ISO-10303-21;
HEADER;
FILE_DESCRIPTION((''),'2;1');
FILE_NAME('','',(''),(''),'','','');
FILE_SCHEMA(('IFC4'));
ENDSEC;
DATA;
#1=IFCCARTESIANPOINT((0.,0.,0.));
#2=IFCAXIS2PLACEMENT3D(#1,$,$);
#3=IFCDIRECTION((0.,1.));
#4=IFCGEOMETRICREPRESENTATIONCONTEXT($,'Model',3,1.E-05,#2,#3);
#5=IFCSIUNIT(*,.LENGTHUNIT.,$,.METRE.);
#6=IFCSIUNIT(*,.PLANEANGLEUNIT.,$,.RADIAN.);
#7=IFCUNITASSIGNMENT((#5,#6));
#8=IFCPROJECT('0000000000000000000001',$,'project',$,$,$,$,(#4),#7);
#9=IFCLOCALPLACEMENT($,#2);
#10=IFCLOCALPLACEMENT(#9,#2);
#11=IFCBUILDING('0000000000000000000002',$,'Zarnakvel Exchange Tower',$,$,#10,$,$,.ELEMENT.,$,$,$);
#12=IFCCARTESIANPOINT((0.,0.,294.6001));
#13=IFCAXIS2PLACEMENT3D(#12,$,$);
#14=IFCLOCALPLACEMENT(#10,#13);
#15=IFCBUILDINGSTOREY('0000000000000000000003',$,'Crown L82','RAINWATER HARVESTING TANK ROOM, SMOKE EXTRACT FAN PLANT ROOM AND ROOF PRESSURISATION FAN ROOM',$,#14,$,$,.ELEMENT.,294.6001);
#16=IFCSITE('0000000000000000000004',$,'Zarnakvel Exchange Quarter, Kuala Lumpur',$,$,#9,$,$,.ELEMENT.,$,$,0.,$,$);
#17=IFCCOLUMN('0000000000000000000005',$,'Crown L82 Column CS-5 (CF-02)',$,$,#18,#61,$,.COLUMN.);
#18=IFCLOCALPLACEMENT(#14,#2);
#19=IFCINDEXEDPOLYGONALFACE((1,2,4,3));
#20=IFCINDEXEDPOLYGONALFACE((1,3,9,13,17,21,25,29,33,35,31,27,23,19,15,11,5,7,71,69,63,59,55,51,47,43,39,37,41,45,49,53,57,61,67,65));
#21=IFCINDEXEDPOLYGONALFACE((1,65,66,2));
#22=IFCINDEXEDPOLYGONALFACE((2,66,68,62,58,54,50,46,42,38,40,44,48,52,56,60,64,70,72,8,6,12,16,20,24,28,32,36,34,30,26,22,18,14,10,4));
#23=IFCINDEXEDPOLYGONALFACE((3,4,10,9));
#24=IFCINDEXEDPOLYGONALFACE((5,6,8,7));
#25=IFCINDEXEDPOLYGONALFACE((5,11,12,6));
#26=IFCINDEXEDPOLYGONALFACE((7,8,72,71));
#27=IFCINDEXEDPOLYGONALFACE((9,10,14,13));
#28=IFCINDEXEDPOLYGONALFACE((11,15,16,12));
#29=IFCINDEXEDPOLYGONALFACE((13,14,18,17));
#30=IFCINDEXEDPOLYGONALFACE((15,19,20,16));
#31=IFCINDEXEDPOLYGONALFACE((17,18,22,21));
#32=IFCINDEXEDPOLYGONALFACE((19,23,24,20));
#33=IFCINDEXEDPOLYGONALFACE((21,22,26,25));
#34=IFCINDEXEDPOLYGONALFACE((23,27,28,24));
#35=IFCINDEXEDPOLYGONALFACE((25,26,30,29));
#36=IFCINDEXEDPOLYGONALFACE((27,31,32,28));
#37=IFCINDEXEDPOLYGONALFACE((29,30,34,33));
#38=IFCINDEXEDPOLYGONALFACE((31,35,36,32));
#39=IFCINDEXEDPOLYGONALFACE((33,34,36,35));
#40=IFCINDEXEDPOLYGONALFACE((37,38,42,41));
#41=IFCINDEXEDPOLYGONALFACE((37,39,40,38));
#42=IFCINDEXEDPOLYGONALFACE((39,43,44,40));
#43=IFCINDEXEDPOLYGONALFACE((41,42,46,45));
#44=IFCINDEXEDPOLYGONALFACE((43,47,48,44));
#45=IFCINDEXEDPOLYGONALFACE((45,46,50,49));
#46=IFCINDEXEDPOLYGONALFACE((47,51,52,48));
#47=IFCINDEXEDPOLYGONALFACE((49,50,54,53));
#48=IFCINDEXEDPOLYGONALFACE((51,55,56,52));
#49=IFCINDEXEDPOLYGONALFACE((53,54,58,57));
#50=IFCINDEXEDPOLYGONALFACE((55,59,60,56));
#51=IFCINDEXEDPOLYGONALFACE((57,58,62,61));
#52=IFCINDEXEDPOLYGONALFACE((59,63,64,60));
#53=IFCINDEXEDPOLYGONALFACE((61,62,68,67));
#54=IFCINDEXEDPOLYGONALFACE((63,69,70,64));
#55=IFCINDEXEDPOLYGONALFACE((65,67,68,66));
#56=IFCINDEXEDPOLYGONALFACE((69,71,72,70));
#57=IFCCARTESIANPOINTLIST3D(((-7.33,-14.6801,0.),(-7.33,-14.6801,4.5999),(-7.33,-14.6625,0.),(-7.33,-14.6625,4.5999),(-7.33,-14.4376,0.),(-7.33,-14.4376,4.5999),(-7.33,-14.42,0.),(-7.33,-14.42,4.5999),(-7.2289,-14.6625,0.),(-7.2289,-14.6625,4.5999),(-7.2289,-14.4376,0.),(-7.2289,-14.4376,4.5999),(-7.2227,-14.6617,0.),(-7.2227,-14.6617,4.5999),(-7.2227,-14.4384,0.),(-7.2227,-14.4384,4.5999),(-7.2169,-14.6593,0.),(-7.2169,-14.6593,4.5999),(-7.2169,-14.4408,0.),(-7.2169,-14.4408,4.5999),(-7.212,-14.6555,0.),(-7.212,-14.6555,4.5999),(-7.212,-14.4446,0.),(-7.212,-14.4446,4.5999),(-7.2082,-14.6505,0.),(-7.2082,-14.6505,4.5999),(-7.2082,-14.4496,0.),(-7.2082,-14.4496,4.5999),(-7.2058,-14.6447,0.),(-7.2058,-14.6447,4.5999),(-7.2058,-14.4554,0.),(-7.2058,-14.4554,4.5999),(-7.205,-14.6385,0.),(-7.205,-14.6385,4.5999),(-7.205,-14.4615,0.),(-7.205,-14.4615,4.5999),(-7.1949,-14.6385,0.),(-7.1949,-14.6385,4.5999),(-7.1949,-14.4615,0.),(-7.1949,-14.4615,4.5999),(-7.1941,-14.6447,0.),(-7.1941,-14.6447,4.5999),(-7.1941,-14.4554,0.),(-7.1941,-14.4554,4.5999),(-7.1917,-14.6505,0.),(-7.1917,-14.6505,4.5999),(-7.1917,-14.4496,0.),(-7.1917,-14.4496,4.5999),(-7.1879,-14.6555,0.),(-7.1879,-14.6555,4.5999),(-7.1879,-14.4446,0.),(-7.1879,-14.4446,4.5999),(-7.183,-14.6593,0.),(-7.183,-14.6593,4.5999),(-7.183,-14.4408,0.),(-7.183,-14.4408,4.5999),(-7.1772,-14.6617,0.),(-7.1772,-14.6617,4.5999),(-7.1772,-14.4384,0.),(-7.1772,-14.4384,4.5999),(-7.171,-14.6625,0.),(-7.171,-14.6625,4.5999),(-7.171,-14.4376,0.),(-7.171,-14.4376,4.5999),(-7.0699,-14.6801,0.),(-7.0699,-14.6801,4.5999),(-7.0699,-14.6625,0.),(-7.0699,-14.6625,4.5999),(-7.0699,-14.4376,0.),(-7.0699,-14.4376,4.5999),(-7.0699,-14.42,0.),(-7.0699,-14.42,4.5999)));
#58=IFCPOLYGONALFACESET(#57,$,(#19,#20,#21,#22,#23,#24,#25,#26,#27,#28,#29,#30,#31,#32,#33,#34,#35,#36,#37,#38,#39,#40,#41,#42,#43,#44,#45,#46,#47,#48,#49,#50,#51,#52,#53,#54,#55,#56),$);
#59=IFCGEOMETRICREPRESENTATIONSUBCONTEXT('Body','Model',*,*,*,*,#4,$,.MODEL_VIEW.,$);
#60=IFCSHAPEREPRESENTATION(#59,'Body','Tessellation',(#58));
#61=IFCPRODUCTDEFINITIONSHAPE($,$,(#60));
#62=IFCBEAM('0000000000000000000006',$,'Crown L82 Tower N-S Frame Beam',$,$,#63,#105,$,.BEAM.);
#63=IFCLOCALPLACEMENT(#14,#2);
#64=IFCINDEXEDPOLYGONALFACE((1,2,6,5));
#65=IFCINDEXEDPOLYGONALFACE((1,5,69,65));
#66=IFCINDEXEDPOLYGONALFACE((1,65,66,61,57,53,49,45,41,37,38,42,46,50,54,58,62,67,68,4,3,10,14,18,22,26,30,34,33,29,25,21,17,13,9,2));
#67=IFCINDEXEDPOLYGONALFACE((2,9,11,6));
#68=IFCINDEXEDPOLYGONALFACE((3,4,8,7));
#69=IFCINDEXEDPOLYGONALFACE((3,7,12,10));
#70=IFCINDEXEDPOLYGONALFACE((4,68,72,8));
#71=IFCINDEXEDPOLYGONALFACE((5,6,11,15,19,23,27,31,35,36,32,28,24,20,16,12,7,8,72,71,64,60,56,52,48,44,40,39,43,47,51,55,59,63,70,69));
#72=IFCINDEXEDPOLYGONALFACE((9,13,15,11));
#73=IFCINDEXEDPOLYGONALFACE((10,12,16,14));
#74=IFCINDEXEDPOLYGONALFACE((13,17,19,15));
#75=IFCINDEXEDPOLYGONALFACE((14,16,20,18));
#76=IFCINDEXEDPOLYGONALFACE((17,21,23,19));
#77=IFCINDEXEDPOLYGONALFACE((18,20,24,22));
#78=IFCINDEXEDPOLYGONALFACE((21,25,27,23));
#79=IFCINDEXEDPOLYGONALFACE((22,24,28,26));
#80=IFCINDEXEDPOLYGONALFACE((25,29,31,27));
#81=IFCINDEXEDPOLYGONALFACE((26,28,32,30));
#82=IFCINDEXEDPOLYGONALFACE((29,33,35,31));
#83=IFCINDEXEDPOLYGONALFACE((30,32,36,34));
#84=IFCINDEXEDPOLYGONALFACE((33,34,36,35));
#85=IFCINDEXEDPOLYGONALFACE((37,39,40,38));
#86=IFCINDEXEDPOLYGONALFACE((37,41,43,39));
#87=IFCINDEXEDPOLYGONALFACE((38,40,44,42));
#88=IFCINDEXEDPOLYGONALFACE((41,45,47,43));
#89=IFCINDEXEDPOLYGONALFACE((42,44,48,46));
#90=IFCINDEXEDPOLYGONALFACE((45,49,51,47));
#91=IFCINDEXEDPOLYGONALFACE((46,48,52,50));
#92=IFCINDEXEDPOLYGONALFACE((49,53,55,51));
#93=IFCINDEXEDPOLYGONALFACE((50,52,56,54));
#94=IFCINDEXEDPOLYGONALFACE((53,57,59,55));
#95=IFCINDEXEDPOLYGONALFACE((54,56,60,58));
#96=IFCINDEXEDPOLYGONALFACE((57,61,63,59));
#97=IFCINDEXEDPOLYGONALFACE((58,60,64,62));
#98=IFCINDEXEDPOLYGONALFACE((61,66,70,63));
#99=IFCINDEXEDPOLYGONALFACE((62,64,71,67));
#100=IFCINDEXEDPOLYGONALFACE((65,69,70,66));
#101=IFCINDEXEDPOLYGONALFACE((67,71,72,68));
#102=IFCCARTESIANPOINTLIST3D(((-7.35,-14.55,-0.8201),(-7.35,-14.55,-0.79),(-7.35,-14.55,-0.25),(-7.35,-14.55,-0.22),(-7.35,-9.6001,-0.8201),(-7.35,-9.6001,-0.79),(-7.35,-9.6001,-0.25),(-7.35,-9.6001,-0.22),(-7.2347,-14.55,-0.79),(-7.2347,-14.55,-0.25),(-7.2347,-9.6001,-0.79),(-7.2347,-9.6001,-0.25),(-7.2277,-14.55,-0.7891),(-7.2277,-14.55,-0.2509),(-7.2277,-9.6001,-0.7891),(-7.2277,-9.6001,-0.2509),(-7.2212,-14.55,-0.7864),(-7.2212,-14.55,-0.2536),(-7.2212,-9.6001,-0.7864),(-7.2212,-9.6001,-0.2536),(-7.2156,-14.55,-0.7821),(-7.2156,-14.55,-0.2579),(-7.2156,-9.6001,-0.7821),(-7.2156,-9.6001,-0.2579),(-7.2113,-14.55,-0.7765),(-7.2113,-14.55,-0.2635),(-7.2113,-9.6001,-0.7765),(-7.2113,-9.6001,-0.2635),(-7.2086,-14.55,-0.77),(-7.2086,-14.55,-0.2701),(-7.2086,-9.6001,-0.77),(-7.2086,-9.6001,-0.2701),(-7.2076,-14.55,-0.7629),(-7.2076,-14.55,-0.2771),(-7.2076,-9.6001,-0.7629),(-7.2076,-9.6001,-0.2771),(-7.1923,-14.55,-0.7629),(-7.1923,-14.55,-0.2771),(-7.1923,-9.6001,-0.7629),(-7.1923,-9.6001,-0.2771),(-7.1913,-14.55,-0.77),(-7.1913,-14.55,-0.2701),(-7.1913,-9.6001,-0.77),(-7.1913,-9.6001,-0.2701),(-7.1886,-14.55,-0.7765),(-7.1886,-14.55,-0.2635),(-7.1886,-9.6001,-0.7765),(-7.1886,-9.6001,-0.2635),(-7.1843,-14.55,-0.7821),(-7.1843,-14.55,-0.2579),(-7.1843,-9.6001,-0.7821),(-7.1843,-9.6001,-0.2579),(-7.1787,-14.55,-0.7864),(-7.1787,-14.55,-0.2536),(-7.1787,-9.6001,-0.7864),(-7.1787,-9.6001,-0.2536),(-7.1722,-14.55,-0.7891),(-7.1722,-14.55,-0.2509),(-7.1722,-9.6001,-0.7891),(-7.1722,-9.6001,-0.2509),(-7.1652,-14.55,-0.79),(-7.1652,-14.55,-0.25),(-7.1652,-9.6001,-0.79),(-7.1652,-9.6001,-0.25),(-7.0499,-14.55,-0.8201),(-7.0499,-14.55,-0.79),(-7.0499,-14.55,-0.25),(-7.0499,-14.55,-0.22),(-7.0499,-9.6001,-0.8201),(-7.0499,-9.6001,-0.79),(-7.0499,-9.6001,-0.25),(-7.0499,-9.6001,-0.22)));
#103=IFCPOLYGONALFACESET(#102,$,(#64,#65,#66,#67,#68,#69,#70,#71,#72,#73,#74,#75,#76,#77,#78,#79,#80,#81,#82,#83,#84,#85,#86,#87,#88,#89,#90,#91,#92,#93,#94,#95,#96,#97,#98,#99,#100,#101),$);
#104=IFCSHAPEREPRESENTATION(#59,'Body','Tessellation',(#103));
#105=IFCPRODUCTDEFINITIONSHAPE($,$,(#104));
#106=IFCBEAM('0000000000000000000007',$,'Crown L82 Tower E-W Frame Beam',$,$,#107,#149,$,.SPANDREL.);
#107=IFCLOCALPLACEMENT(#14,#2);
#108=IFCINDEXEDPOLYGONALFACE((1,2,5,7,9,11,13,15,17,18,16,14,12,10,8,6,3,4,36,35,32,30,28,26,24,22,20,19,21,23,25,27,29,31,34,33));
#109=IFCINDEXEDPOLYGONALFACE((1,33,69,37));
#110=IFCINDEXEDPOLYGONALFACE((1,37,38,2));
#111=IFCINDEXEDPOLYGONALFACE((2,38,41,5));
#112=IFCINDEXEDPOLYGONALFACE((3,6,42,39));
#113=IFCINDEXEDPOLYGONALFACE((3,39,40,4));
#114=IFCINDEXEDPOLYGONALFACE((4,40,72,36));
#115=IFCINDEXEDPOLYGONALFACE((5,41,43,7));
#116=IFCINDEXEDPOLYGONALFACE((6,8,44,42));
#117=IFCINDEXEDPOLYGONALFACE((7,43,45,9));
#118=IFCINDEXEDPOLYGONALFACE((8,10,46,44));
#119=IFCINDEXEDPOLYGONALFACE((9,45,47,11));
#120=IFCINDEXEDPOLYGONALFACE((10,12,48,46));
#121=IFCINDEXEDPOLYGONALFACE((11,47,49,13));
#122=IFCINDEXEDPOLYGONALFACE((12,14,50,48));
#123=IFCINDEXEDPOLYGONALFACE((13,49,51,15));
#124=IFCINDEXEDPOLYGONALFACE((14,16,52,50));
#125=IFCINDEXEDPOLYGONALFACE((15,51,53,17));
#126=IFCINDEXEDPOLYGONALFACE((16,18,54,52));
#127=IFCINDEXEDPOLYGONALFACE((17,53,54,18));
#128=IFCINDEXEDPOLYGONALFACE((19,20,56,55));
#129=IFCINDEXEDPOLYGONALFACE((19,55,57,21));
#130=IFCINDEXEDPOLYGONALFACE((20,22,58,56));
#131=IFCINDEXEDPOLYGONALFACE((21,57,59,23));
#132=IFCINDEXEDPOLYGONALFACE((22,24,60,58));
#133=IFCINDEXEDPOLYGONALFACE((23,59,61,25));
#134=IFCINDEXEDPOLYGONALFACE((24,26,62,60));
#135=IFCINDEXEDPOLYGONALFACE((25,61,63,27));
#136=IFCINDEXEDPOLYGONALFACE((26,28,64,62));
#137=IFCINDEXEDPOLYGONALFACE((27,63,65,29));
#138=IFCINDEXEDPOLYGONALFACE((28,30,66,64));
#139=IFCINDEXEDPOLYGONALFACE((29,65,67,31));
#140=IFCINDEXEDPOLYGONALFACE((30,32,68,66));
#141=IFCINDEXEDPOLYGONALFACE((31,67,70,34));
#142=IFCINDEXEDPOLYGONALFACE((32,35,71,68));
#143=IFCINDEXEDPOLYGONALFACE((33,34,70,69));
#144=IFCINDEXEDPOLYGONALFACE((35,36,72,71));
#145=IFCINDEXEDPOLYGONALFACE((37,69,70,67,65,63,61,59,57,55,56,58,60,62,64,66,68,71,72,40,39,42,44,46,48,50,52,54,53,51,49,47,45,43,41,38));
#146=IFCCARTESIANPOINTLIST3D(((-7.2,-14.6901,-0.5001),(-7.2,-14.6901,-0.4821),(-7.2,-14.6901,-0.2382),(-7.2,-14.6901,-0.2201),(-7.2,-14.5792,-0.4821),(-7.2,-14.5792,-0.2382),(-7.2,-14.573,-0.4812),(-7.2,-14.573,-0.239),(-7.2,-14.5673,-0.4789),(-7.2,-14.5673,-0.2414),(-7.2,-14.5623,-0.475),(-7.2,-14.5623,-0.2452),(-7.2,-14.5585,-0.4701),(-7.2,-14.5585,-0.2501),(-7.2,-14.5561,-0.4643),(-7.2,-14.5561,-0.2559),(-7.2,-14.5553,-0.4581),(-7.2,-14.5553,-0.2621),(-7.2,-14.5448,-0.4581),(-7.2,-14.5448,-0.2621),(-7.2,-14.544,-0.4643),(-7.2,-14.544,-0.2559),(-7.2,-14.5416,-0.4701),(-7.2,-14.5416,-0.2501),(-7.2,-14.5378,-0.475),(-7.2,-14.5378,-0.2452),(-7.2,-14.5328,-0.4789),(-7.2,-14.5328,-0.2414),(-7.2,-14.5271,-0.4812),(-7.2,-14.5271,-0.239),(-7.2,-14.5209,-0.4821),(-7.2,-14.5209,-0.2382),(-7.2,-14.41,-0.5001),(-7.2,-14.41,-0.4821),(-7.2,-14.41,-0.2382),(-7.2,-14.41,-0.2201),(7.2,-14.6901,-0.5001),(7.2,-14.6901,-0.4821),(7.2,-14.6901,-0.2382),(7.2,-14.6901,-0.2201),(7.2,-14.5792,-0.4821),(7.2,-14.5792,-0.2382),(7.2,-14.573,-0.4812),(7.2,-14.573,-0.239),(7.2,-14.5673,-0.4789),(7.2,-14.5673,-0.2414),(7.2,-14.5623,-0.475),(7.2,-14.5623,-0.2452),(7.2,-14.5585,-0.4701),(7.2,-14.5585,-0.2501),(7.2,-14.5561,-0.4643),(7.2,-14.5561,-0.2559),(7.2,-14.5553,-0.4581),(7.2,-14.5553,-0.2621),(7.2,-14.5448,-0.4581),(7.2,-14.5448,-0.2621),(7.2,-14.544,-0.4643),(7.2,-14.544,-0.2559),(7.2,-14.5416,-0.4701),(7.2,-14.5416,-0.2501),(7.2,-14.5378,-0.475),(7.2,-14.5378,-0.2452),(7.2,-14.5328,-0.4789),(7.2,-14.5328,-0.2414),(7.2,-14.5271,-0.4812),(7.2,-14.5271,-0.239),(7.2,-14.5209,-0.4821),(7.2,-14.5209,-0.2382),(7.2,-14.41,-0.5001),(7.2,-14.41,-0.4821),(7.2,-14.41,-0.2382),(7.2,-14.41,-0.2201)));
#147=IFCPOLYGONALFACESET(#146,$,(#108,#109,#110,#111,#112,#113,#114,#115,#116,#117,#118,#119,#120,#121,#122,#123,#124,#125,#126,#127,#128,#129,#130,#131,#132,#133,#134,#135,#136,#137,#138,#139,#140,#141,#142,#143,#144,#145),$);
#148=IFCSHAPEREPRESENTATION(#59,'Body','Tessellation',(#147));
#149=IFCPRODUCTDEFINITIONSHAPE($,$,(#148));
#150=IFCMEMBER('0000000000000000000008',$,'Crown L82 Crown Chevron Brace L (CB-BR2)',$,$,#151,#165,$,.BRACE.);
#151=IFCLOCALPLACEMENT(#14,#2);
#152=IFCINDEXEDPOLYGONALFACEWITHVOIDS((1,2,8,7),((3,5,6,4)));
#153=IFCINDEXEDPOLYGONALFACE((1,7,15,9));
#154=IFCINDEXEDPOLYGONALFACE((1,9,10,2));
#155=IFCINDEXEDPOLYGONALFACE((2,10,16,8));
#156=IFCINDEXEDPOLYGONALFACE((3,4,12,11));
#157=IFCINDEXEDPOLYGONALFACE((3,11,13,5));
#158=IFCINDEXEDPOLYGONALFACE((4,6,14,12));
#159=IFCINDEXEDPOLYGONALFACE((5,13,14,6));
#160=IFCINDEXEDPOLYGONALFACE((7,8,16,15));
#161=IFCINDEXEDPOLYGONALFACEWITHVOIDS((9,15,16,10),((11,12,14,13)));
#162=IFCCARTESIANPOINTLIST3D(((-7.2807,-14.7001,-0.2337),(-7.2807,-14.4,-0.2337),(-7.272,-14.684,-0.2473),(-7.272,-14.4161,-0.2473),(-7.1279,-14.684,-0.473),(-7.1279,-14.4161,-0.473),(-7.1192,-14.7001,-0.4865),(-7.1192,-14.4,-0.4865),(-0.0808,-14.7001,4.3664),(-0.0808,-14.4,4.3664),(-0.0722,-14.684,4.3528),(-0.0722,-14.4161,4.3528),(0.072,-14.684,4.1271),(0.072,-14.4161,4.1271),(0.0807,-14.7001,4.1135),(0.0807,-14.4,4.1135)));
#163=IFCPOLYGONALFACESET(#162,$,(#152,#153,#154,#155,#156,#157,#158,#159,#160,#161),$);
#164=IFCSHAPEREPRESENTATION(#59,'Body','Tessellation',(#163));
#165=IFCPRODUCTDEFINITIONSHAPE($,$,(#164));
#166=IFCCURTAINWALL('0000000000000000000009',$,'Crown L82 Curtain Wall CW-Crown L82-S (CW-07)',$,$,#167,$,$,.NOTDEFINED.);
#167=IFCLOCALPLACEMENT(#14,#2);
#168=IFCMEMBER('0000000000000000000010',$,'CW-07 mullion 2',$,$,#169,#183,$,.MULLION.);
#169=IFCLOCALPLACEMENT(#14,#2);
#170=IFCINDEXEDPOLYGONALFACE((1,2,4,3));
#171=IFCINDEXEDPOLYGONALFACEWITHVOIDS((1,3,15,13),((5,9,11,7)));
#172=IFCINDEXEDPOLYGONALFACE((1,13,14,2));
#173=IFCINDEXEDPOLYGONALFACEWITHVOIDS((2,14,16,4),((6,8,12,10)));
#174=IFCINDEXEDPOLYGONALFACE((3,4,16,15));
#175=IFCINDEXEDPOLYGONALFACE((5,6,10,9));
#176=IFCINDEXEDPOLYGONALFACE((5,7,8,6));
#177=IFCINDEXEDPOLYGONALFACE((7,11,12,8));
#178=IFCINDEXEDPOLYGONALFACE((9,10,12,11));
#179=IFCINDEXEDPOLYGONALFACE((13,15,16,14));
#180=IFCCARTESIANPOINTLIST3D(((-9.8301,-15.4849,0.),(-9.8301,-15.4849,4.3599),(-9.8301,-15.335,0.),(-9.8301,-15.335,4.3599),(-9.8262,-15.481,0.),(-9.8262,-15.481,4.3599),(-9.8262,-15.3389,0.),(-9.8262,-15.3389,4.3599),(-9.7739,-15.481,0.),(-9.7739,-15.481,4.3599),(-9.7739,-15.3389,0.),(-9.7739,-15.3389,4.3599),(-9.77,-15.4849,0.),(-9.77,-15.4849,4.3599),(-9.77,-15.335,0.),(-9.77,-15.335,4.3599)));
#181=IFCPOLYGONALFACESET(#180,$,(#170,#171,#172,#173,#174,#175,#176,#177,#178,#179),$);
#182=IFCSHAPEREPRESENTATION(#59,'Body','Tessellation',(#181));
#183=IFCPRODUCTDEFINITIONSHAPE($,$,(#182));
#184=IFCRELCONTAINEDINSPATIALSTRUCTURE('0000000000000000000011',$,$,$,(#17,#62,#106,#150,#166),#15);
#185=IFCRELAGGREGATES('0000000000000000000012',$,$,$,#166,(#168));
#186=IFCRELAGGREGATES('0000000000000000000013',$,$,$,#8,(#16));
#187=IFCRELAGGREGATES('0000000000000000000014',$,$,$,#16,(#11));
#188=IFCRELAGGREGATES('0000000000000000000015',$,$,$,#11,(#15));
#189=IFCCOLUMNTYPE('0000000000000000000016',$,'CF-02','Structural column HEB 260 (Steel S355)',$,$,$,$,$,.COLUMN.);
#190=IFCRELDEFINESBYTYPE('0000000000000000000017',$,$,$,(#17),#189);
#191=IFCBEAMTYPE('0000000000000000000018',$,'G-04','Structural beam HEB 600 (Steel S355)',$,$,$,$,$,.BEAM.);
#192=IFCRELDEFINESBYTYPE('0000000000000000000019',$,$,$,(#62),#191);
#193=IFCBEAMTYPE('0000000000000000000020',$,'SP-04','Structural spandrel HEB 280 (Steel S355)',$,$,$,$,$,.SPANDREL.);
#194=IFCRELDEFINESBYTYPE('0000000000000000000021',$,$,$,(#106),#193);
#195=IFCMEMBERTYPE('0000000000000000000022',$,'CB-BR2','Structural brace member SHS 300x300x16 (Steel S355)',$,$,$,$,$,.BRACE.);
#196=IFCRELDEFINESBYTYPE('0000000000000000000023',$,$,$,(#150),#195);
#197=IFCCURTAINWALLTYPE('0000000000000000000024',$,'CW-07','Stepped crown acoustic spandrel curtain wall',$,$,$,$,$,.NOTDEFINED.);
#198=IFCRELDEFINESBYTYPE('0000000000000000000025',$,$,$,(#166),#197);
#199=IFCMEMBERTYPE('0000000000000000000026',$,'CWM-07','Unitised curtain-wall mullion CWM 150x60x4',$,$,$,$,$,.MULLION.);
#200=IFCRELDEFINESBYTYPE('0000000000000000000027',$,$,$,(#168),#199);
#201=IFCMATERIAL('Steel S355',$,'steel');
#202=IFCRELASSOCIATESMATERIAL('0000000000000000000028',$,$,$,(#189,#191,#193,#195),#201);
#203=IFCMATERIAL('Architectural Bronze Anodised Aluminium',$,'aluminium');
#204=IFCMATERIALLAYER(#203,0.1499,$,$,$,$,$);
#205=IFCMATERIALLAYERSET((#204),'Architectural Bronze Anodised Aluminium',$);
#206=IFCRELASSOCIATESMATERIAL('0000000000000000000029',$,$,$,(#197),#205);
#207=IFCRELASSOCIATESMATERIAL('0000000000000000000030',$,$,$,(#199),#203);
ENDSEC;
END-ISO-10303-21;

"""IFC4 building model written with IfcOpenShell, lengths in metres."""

from ifc_helpers import new_model, si_unit, direction, frame, origin, origin_2d, place, context, subcontext, project, spatial, hollow_rectangle, i_section, extrude, source, transform, mapped, material, layer, layer_set, material_profile, profile_set, type_object, element, aggregate, save


model = new_model("IFC4")

# Units and contexts
model_context = context("Model", 3, precision=1e-05, world=origin(), true_north=direction((0.0, 1.0)))
body_context = subcontext(model_context, "Body", "Model", "MODEL_VIEW")
ifc_project = project(units=[si_unit("LENGTHUNIT", "METRE"), si_unit("PLANEANGLEUNIT", "RADIAN")], contexts=[model_context])

# Site, building, storey
site_placement = place(None, origin())
site = spatial("IfcSite", under=ifc_project, at=site_placement, Name="Zarnakvel Exchange Quarter, Kuala Lumpur", CompositionType="ELEMENT", RefElevation=0.0)
building_placement = place(site_placement, origin())
building = spatial("IfcBuilding", under=site, at=building_placement, Name="Zarnakvel Exchange Tower", CompositionType="ELEMENT")
storey_placement = place(building_placement, frame((0.0, 0.0, 294.6001)))
storey = spatial("IfcBuildingStorey", under=building, at=storey_placement, Name="Crown L82", Description="RAINWATER HARVESTING TANK ROOM, SMOKE EXTRACT FAN PLANT ROOM AND ROOF PRESSURISATION FAN ROOM", CompositionType="ELEMENT", Elevation=294.6001)

# Column
ifc_material_1 = material(Name="Steel S355", Category="steel")
ifc_material_profile_1 = material_profile(ifc_material_1, i_section(OverallWidth=0.26, OverallDepth=0.26, WebThickness=0.01, FlangeThickness=0.0176, FilletRadius=0.0239, at=origin_2d()))
ifc_profile_set_1 = profile_set([ifc_material_profile_1], Name="Steel S355")
column_type = type_object("IfcColumnType", Name="CF-02", Description="Structural column HEB 260 (Steel S355)", PredefinedType="COLUMN", material=ifc_profile_set_1)
column_placement = place(storey_placement, frame((-7.2, -14.55, 0.0), z_axis=(0.0, 0.0, 1.0), x_axis=(1.0, 0.0, 0.0)))
element("IfcColumn", 1, at=column_placement, inside=storey, type_object=column_type, Name="Crown L82 Column CS-5 (CF-02)", PredefinedType="COLUMN", context=body_context, shape_type="SweptSolid", body=[
    extrude(i_section(OverallWidth=0.26, OverallDepth=0.26, WebThickness=0.01, FlangeThickness=0.0176, FilletRadius=0.0239, at=origin_2d()), origin(), (0.0, 0.0, 1.0), 4.5999),
])

# Beams
ifc_material_profile_2 = material_profile(ifc_material_1, i_section(OverallWidth=0.3, OverallDepth=0.6001, WebThickness=0.0154, FlangeThickness=0.03, FilletRadius=0.0271, at=origin_2d()))
ifc_profile_set_2 = profile_set([ifc_material_profile_2], Name="Steel S355")
beam_type_1 = type_object("IfcBeamType", Name="G-04", Description="Structural beam HEB 600 (Steel S355)", PredefinedType="BEAM", material=ifc_profile_set_2)
beam_1_placement = place(storey_placement, frame((-7.2, -14.55, -0.52), z_axis=(0.0, 1.0, 0.0), x_axis=(-1.0, 0.0, 0.0)))
element("IfcBeam", 2, at=beam_1_placement, inside=storey, type_object=beam_type_1, Name="Crown L82 Tower N-S Frame Beam", PredefinedType="BEAM", context=body_context, shape_type="SweptSolid", body=[
    extrude(i_section(OverallWidth=0.3, OverallDepth=0.6001, WebThickness=0.0154, FlangeThickness=0.03, FilletRadius=0.0271, at=origin_2d()), origin(), (0.0, 0.0, 1.0), 4.95),
])
ifc_material_profile_3 = material_profile(ifc_material_1, i_section(OverallWidth=0.28, OverallDepth=0.28, WebThickness=0.0105, FlangeThickness=0.0181, FilletRadius=0.0239, at=origin_2d()))
ifc_profile_set_3 = profile_set([ifc_material_profile_3], Name="Steel S355")
beam_type_2 = type_object("IfcBeamType", Name="SP-04", Description="Structural spandrel HEB 280 (Steel S355)", PredefinedType="SPANDREL", material=ifc_profile_set_3)
beam_2_placement = place(storey_placement, frame((-7.2, -14.55, -0.3601), z_axis=(1.0, 0.0, 0.0), x_axis=(0.0, 1.0, 0.0)))
element("IfcBeam", 3, at=beam_2_placement, inside=storey, type_object=beam_type_2, Name="Crown L82 Tower E-W Frame Beam", PredefinedType="SPANDREL", context=body_context, shape_type="SweptSolid", body=[
    extrude(i_section(OverallWidth=0.28, OverallDepth=0.28, WebThickness=0.0105, FlangeThickness=0.0181, FilletRadius=0.0239, at=origin_2d()), origin(), (0.0, 0.0, 1.0), 14.3999),
])

# Member
ifc_material_profile_4 = material_profile(ifc_material_1, hollow_rectangle(XDim=0.3, YDim=0.3, WallThickness=0.0161, at=origin_2d()))
ifc_profile_set_4 = profile_set([ifc_material_profile_4], Name="Steel S355")
member_type_1 = type_object("IfcMemberType", Name="CB-BR2", Description="Structural brace member SHS 300x300x16 (Steel S355)", PredefinedType="BRACE", material=ifc_profile_set_4)
shared_shape_1 = source(origin(), body_context, "Body", "SweptSolid", [
    extrude(hollow_rectangle(XDim=0.3, YDim=0.3, WallThickness=0.0161, at=origin_2d()), origin(), (0.0, 0.0, 1.0), 8.5439),
])
member_1_placement = place(storey_placement, frame((-7.2, -14.55, -0.3601), z_axis=(0.842689, 0.0, 0.5384), x_axis=(0.0, 1.0, 0.0)))
element("IfcMember", 4, at=member_1_placement, inside=storey, type_object=member_type_1, Name="Crown L82 Crown Chevron Brace L (CB-BR2)", PredefinedType="BRACE", context=body_context, shape_type="MappedRepresentation", body=[
    mapped(shared_shape_1, transform((0.0, 0.0, 0.0), x_axis=(1.0, 0.0, 0.0), y_axis=(0.0, 1.0, 0.0), z_axis=(0.0, 0.0, 1.0), scale=1.0)),
])

# Curtain wall, member
ifc_material_2 = material(Name="Architectural Bronze Anodised Aluminium", Category="aluminium")
ifc_layer_1 = layer(ifc_material_2, 0.1499)
ifc_layer_set_1 = layer_set([ifc_layer_1], Name="Architectural Bronze Anodised Aluminium")
curtain_wall_type = type_object("IfcCurtainWallType", Name="CW-07", Description="Stepped crown acoustic spandrel curtain wall", PredefinedType="NOTDEFINED", material=ifc_layer_set_1)
curtain_wall_placement = place(storey_placement, origin())
curtain_wall = element("IfcCurtainWall", 5, at=curtain_wall_placement, inside=storey, type_object=curtain_wall_type, Name="Crown L82 Curtain Wall CW-Crown L82-S (CW-07)", PredefinedType="NOTDEFINED")
ifc_material_profile_5 = material_profile(ifc_material_2, hollow_rectangle(XDim=0.1499, YDim=0.0601, WallThickness=0.0039, at=origin_2d()))
ifc_profile_set_5 = profile_set([ifc_material_profile_5], Name="Architectural Bronze Anodised Aluminium")
member_type_2 = type_object("IfcMemberType", Name="CWM-07", Description="Unitised curtain-wall mullion CWM 150x60x4", PredefinedType="MULLION", material=ifc_profile_set_5)
shared_shape_2 = source(origin(), body_context, "Body", "SweptSolid", [
    extrude(hollow_rectangle(XDim=0.1499, YDim=0.0601, WallThickness=0.0039, at=origin_2d()), origin(), (0.0, 0.0, 1.0), 4.3599),
])
member_2_placement = place(storey_placement, frame((-9.8, -15.4099, 0.0), z_axis=(0.0, 0.0, 1.0), x_axis=(0.0, 1.0, 0.0)))
member_2 = element("IfcMember", 6, at=member_2_placement, type_object=member_type_2, Name="CW-07 mullion 2", PredefinedType="MULLION", context=body_context, shape_type="MappedRepresentation", body=[
    mapped(shared_shape_2, transform((0.0, 0.0, 0.0), x_axis=(1.0, 0.0, 0.0), y_axis=(0.0, 1.0, 0.0), z_axis=(0.0, 0.0, 1.0), scale=1.0)),
])
aggregate(curtain_wall, [member_2])

save(model, "model.ifc")
